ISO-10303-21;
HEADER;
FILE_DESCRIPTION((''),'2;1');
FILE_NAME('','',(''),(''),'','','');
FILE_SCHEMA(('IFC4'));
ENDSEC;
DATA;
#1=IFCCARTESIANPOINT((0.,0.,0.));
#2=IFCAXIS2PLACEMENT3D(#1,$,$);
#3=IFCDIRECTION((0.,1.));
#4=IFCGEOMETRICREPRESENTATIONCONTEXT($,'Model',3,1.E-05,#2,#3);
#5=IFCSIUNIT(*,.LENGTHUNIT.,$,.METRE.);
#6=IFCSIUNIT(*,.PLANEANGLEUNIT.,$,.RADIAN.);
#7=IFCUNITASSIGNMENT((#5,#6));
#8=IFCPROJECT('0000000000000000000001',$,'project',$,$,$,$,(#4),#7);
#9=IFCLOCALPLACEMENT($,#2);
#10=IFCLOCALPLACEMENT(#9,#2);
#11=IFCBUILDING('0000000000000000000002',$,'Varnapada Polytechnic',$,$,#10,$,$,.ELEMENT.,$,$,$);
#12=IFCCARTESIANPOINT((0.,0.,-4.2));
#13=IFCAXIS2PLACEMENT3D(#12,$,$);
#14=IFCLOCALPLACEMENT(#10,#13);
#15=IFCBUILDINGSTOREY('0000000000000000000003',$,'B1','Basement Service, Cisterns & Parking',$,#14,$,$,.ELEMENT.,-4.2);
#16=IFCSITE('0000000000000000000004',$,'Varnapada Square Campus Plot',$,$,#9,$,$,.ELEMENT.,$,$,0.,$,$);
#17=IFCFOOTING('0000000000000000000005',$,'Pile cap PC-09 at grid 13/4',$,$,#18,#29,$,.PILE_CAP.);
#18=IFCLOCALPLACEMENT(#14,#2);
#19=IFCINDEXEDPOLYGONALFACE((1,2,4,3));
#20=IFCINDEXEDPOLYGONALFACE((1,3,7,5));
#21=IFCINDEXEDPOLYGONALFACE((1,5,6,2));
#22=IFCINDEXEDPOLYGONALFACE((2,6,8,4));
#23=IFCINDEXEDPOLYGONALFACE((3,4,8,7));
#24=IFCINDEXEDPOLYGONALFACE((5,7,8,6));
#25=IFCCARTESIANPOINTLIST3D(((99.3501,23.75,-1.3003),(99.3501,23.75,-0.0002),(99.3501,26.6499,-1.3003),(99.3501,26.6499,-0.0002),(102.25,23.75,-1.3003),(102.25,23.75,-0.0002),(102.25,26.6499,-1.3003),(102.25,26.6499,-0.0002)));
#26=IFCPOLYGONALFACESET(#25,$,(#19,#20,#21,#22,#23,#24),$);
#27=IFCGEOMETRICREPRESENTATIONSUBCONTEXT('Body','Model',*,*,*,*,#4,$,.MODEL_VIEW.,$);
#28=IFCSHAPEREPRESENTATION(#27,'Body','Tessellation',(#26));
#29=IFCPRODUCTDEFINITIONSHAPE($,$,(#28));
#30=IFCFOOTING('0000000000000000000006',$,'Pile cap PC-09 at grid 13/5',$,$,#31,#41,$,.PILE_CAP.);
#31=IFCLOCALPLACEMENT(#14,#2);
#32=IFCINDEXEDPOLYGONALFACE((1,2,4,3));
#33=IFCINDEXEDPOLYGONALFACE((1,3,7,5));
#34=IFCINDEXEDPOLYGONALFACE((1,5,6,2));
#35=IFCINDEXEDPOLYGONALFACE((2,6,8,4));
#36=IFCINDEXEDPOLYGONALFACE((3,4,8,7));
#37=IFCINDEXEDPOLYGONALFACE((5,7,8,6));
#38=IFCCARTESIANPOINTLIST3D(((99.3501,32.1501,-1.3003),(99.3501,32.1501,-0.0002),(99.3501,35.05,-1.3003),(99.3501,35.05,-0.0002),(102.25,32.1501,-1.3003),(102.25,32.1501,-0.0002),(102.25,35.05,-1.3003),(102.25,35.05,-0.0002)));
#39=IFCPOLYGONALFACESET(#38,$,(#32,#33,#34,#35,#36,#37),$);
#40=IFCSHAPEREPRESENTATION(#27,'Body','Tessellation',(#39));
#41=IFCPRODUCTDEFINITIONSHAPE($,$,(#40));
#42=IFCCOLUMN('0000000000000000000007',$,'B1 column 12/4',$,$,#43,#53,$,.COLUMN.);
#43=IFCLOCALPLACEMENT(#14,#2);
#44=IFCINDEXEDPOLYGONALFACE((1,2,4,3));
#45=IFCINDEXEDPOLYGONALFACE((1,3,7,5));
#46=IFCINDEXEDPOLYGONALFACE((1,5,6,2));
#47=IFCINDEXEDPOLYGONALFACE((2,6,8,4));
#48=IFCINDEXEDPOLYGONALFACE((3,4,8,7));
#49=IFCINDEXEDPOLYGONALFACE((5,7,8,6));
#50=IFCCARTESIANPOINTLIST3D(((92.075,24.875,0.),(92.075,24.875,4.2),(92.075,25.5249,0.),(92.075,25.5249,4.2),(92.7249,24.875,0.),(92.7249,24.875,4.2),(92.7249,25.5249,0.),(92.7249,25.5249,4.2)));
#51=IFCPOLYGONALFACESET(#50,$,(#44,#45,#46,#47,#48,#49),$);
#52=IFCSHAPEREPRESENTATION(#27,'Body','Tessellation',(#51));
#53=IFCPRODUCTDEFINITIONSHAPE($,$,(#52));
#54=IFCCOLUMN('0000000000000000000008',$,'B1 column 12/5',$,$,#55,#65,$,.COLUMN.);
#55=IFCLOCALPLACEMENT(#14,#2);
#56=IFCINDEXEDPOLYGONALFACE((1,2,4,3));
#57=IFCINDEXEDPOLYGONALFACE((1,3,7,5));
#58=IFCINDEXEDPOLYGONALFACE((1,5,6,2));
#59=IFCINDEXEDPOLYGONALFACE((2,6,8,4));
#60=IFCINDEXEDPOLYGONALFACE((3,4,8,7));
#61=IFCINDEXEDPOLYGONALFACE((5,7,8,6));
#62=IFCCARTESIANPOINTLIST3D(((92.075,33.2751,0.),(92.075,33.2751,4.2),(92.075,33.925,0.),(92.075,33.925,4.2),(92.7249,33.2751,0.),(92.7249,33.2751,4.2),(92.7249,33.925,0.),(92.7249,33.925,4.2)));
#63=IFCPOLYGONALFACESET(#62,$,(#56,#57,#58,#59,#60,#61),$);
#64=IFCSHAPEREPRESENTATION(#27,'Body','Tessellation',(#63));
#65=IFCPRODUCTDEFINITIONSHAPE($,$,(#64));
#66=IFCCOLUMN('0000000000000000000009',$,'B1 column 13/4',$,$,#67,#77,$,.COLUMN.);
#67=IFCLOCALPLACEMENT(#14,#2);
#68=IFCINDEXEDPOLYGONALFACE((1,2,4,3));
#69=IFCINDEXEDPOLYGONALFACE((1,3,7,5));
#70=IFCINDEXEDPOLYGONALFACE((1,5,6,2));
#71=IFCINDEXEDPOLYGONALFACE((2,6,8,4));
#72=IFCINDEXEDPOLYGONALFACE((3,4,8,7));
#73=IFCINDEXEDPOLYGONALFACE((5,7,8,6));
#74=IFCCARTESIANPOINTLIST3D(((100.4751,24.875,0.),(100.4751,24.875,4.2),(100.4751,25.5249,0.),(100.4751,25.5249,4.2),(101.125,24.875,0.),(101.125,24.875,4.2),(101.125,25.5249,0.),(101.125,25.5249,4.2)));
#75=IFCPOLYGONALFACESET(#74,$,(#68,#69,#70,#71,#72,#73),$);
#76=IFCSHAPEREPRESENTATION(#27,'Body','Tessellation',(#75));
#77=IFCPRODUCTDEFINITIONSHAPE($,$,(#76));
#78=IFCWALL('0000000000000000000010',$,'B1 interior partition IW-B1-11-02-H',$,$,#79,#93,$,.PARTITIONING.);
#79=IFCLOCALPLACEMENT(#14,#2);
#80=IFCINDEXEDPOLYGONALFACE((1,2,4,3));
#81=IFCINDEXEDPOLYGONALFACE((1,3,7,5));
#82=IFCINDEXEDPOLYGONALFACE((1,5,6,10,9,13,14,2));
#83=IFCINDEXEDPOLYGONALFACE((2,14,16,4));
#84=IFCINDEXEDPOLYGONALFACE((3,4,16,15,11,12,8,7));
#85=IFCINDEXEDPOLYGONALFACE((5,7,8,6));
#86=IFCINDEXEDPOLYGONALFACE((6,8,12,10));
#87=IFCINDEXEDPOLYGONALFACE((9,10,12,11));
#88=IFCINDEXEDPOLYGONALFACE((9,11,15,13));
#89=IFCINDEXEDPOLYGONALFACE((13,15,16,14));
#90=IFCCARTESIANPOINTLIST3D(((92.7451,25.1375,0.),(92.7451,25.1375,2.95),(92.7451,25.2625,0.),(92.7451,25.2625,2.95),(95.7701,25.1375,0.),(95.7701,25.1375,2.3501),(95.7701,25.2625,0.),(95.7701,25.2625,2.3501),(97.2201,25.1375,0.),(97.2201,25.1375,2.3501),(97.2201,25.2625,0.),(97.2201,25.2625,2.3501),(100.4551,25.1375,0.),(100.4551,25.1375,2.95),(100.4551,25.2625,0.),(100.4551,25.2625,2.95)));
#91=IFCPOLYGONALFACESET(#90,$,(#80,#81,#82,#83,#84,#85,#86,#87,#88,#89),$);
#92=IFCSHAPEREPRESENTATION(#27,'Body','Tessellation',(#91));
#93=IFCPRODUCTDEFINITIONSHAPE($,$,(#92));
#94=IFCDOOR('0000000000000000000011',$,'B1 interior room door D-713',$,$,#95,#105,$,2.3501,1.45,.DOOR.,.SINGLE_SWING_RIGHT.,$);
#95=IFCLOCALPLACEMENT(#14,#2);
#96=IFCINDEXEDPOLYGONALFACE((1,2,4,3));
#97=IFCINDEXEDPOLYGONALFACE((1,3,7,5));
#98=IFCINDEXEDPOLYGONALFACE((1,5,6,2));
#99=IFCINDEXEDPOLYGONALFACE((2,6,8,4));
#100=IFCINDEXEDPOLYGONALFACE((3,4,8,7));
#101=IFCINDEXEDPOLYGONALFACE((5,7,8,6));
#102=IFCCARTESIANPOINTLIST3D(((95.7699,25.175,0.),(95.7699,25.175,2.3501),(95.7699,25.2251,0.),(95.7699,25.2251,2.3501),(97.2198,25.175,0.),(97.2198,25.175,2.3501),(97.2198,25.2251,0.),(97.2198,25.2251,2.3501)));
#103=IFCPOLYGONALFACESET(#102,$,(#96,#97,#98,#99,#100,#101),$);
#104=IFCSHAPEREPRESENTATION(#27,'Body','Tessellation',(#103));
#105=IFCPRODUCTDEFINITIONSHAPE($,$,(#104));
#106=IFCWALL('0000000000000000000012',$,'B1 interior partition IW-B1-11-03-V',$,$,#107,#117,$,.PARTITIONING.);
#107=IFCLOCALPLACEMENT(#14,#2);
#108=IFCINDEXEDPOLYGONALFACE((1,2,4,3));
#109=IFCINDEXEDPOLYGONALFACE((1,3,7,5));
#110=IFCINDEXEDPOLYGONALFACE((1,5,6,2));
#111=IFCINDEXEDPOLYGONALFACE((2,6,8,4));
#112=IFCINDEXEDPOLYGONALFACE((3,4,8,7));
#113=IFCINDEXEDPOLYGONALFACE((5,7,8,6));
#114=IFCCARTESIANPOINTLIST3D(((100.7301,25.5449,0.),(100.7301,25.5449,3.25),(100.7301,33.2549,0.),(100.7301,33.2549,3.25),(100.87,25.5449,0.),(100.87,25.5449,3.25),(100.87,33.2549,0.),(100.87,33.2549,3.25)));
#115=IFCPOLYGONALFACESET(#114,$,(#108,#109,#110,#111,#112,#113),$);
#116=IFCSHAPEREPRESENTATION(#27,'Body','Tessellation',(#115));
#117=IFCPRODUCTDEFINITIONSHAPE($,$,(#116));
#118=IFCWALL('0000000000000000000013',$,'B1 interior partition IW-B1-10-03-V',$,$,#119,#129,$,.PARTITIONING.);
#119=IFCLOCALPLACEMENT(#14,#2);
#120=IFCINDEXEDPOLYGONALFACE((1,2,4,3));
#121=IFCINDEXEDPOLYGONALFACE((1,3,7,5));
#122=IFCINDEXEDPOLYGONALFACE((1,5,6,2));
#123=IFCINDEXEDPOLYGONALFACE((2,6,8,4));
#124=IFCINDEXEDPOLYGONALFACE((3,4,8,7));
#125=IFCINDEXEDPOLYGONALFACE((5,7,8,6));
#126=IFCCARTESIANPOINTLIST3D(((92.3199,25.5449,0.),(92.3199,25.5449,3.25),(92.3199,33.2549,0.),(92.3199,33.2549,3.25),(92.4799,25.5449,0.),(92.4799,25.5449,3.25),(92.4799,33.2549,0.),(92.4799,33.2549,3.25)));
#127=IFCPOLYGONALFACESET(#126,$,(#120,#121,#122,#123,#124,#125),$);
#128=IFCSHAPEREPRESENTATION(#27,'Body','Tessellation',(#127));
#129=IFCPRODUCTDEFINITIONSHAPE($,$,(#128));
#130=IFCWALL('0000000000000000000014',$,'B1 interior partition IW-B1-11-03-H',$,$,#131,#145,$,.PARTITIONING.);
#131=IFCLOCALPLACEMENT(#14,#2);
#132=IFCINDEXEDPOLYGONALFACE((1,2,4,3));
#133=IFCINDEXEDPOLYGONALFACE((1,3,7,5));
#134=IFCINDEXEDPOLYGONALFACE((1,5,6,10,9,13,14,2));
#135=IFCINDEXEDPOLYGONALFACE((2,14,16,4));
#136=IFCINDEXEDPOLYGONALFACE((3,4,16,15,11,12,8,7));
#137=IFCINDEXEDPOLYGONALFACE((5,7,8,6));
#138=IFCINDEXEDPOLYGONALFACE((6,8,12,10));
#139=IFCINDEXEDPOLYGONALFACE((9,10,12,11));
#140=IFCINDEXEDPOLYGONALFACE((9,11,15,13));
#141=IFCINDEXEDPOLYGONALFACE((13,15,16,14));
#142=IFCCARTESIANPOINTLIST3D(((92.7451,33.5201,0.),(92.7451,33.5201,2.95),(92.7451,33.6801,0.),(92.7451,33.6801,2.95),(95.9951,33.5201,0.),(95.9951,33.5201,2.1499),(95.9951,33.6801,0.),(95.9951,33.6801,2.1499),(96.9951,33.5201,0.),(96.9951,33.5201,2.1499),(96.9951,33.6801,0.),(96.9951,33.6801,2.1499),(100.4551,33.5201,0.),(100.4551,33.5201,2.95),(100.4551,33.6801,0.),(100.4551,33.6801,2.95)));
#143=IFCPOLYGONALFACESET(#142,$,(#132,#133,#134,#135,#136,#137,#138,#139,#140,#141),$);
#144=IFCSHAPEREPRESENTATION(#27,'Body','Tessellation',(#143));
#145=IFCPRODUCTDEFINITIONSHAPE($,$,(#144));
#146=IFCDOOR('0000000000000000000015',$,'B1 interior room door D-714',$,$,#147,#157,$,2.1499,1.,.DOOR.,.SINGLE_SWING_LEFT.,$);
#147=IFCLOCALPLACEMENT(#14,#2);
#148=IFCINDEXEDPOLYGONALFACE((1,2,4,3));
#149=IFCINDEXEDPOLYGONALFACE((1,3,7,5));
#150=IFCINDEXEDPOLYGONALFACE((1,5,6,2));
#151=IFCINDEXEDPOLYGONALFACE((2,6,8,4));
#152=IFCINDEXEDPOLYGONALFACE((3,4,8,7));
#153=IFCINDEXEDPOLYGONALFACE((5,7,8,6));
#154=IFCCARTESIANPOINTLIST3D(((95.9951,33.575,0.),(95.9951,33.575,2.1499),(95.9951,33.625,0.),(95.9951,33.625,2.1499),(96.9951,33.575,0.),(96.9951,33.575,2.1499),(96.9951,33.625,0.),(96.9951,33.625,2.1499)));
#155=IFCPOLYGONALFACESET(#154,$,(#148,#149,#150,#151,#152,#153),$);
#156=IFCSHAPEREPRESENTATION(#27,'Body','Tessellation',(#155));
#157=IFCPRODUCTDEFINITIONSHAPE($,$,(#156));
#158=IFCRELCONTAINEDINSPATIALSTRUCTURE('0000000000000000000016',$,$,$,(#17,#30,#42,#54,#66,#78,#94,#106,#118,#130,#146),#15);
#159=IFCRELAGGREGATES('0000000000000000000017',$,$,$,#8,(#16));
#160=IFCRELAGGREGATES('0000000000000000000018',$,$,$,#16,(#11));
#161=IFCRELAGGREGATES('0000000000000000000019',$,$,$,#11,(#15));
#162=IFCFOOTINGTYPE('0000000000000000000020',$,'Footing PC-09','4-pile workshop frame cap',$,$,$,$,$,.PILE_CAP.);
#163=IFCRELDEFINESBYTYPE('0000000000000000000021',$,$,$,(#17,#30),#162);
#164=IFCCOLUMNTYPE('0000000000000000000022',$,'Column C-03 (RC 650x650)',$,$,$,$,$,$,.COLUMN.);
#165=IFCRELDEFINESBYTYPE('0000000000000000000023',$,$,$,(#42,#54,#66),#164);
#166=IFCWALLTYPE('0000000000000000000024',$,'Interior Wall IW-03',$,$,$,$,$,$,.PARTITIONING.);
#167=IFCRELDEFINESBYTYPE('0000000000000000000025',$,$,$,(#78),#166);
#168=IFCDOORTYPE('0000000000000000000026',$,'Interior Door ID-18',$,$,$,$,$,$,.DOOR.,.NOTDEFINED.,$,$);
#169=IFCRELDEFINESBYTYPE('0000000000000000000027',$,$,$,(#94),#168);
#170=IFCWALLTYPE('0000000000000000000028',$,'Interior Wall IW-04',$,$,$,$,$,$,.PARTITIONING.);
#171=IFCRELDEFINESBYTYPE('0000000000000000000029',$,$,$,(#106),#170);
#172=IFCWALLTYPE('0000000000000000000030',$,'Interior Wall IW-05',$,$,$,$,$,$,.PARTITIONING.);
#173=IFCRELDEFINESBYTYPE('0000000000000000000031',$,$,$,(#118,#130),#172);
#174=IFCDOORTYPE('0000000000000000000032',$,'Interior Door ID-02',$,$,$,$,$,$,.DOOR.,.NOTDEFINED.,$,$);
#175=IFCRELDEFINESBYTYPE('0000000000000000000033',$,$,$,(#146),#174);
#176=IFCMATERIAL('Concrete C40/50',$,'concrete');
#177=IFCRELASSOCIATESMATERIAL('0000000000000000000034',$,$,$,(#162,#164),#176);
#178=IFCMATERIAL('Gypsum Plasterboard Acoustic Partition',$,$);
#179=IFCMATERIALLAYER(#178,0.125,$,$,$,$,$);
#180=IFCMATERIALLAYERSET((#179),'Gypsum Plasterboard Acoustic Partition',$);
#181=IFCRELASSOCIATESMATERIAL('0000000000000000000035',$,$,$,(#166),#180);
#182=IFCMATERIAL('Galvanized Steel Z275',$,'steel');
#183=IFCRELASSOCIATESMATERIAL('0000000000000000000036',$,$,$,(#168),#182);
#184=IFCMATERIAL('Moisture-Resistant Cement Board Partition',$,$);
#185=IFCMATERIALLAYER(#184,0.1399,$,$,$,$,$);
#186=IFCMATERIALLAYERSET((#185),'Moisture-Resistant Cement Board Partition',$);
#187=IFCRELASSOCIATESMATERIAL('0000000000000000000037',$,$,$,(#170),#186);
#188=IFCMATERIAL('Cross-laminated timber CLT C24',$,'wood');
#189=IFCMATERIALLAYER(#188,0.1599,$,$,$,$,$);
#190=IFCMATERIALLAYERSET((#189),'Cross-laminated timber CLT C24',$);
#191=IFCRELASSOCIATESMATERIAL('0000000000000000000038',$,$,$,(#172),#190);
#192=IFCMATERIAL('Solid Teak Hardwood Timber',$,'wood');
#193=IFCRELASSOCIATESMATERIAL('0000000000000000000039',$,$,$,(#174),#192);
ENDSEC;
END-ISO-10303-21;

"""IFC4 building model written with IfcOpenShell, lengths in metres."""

from ifc_helpers import new_model, si_unit, direction, frame, frame_2d, origin, origin_2d, place, context, subcontext, project, spatial, rectangle, extrude, material, layer, layer_set, material_profile, profile_set, type_object, element, fill, save


model = new_model("IFC4")

# Units and contexts
model_context = context("Model", 3, precision=1e-05, world=origin(), true_north=direction((0.0, 1.0)))
body_context = subcontext(model_context, "Body", "Model", "MODEL_VIEW")
ifc_project = project(units=[si_unit("LENGTHUNIT", "METRE"), si_unit("PLANEANGLEUNIT", "RADIAN")], contexts=[model_context])

# Site, building, storey
site_placement = place(None, origin())
site = spatial("IfcSite", under=ifc_project, at=site_placement, Name="Varnapada Square Campus Plot", CompositionType="ELEMENT", RefElevation=0.0)
building_placement = place(site_placement, origin())
building = spatial("IfcBuilding", under=site, at=building_placement, Name="Varnapada Polytechnic", CompositionType="ELEMENT")
storey_placement = place(building_placement, frame((0.0, 0.0, -4.2)))
storey = spatial("IfcBuildingStorey", under=building, at=storey_placement, Name="B1", Description="Basement Service, Cisterns & Parking", CompositionType="ELEMENT", Elevation=-4.2)

# Shared definitions
ifc_material_1 = material(Name="Concrete C40/50", Category="concrete")

# Footings
footing_type_1 = type_object("IfcFootingType", Name="Footing PC-09", Description="4-pile workshop frame cap", PredefinedType="PILE_CAP", material=ifc_material_1)
for number, where, z_axis, x_axis, name in (
    (1, (100.8, 25.2, -1.3003), (0.0, 0.0, 1.0), (1.0, 0.0, 0.0), "Pile cap PC-09 at grid 13/4"),
    (2, (100.8, 33.6001, -1.3003), (0.0, 0.0, 1.0), (1.0, 0.0, 0.0), "Pile cap PC-09 at grid 13/5"),
):
    element("IfcFooting", number, at=place(storey_placement, frame(where, z_axis=z_axis, x_axis=x_axis)), inside=storey, type_object=footing_type_1, Name=name, PredefinedType="PILE_CAP", context=body_context, shape_type="SweptSolid", body=[
        extrude(rectangle(XDim=2.8999, YDim=2.8999, at=origin_2d()), origin(), (0.0, 0.0, 1.0), 1.3),
    ])

# Columns
ifc_material_profile_1 = material_profile(ifc_material_1, rectangle(XDim=0.6499, YDim=0.6499, at=origin_2d()), Name="RC 650x650")
ifc_profile_set_1 = profile_set([ifc_material_profile_1], Name="Concrete C40/50")
column_type = type_object("IfcColumnType", Name="Column C-03 (RC 650x650)", PredefinedType="COLUMN", material=ifc_profile_set_1)
for number, where, z_axis, x_axis, name in (
    (3, (92.3999, 25.2, 0.0), (0.0, 0.0, 1.0), (1.0, 0.0, 0.0), "B1 column 12/4"),
    (4, (92.3999, 33.6001, 0.0), (0.0, 0.0, 1.0), (1.0, 0.0, 0.0), "B1 column 12/5"),
    (5, (100.8, 25.2, 0.0), (0.0, 0.0, 1.0), (1.0, 0.0, 0.0), "B1 column 13/4"),
):
    element("IfcColumn", number, at=place(storey_placement, frame(where, z_axis=z_axis, x_axis=x_axis)), inside=storey, type_object=column_type, Name=name, PredefinedType="COLUMN", context=body_context, shape_type="SweptSolid", body=[
        extrude(rectangle(XDim=0.6499, YDim=0.6499, at=origin_2d()), origin(), (0.0, 0.0, 1.0), 4.2),
    ])

# Wall, opening, door
ifc_material_2 = material(Name="Gypsum Plasterboard Acoustic Partition")
ifc_layer_1 = layer(ifc_material_2, 0.125)
ifc_layer_set_1 = layer_set([ifc_layer_1], Name="Gypsum Plasterboard Acoustic Partition")
wall_type_1 = type_object("IfcWallType", Name="Interior Wall IW-03", PredefinedType="PARTITIONING", material=ifc_layer_set_1)
wall_1_placement = place(storey_placement, frame((92.7451, 25.2, 0.0), z_axis=(0.0, 0.0, 1.0), x_axis=(1.0, 0.0, 0.0)))
wall_1 = element("IfcWall", 6, at=wall_1_placement, inside=storey, type_object=wall_type_1, Name="B1 interior partition IW-B1-11-02-H", PredefinedType="PARTITIONING", context=body_context, shape_type="SweptSolid", body=[
    extrude(rectangle(XDim=7.71, YDim=0.125, at=frame_2d((3.855, 0.0))), origin(), (0.0, 0.0, 1.0), 2.95),
])
opening_1_placement = place(wall_1_placement, frame((3.0249, 0.0, 0.0)))
opening_1 = element("IfcOpeningElement", 7, at=opening_1_placement, cuts=wall_1, PredefinedType="OPENING", context=body_context, shape_type="SweptSolid", body=[
    extrude(rectangle(XDim=1.45, YDim=2.3501, at=frame_2d((0.7251, 1.175))), frame((0.0, 0.0725, 0.0), z_axis=(0.0, -1.0, 0.0), x_axis=(1.0, 0.0, 0.0)), (0.0, 0.0, 1.0), 0.145),
])
ifc_material_3 = material(Name="Galvanized Steel Z275", Category="steel")
door_type_1 = type_object("IfcDoorType", Name="Interior Door ID-18", OperationType="NOTDEFINED", PredefinedType="DOOR", material=ifc_material_3)
door_1_placement = place(opening_1_placement, frame((1.45, 0.0, 0.0), z_axis=(0.0, 0.0, 1.0), x_axis=(-1.0, 0.0, 0.0)))
door_1 = element("IfcDoor", 8, at=door_1_placement, inside=storey, type_object=door_type_1, Name="B1 interior room door D-713", OperationType="SINGLE_SWING_RIGHT", OverallHeight=2.3501, OverallWidth=1.45, PredefinedType="DOOR", context=body_context, shape_type="SweptSolid", body=[
    extrude(rectangle(XDim=1.45, YDim=2.3501, at=frame_2d((0.7251, 1.175))), frame((0.0, 0.0249, 0.0), z_axis=(0.0, -1.0, 0.0), x_axis=(1.0, 0.0, 0.0)), (0.0, 0.0, 1.0), 0.05),
])
fill(opening_1, door_1)

# Walls
ifc_material_4 = material(Name="Moisture-Resistant Cement Board Partition")
ifc_layer_2 = layer(ifc_material_4, 0.1399)
ifc_layer_set_2 = layer_set([ifc_layer_2], Name="Moisture-Resistant Cement Board Partition")
wall_type_2 = type_object("IfcWallType", Name="Interior Wall IW-04", PredefinedType="PARTITIONING", material=ifc_layer_set_2)
wall_2_placement = place(storey_placement, frame((100.8, 25.5449, 0.0), z_axis=(0.0, 0.0, 1.0), x_axis=(0.0, 1.0, 0.0)))
element("IfcWall", 9, at=wall_2_placement, inside=storey, type_object=wall_type_2, Name="B1 interior partition IW-B1-11-03-V", PredefinedType="PARTITIONING", context=body_context, shape_type="SweptSolid", body=[
    extrude(rectangle(XDim=7.71, YDim=0.1399, at=frame_2d((3.855, 0.0))), origin(), (0.0, 0.0, 1.0), 3.25),
])
ifc_material_5 = material(Name="Cross-laminated timber CLT C24", Category="wood")
ifc_layer_3 = layer(ifc_material_5, 0.1599)
ifc_layer_set_3 = layer_set([ifc_layer_3], Name="Cross-laminated timber CLT C24")
wall_type_3 = type_object("IfcWallType", Name="Interior Wall IW-05", PredefinedType="PARTITIONING", material=ifc_layer_set_3)
wall_3_placement = place(storey_placement, frame((92.3999, 25.5449, 0.0), z_axis=(0.0, 0.0, 1.0), x_axis=(0.0, 1.0, 0.0)))
element("IfcWall", 10, at=wall_3_placement, inside=storey, type_object=wall_type_3, Name="B1 interior partition IW-B1-10-03-V", PredefinedType="PARTITIONING", context=body_context, shape_type="SweptSolid", body=[
    extrude(rectangle(XDim=7.71, YDim=0.1599, at=frame_2d((3.855, 0.0))), origin(), (0.0, 0.0, 1.0), 3.25),
])

# Wall, opening, door
wall_4_placement = place(storey_placement, frame((92.7451, 33.6001, 0.0), z_axis=(0.0, 0.0, 1.0), x_axis=(1.0, 0.0, 0.0)))
wall_4 = element("IfcWall", 11, at=wall_4_placement, inside=storey, type_object=wall_type_3, Name="B1 interior partition IW-B1-11-03-H", PredefinedType="PARTITIONING", context=body_context, shape_type="SweptSolid", body=[
    extrude(rectangle(XDim=7.71, YDim=0.1599, at=frame_2d((3.855, 0.0))), origin(), (0.0, 0.0, 1.0), 2.95),
])
opening_2_placement = place(wall_4_placement, frame((3.25, 0.0, 0.0)))
opening_2 = element("IfcOpeningElement", 12, at=opening_2_placement, cuts=wall_4, PredefinedType="OPENING", context=body_context, shape_type="SweptSolid", body=[
    extrude(rectangle(XDim=1.0, YDim=2.1499, at=frame_2d((0.5, 1.075))), frame((0.0, 0.0898, 0.0), z_axis=(0.0, -1.0, 0.0), x_axis=(1.0, 0.0, 0.0)), (0.0, 0.0, 1.0), 0.1799),
])
ifc_material_6 = material(Name="Solid Teak Hardwood Timber", Category="wood")
door_type_2 = type_object("IfcDoorType", Name="Interior Door ID-02", OperationType="NOTDEFINED", PredefinedType="DOOR", material=ifc_material_6)
door_2_placement = place(opening_2_placement, origin())
door_2 = element("IfcDoor", 13, at=door_2_placement, inside=storey, type_object=door_type_2, Name="B1 interior room door D-714", OperationType="SINGLE_SWING_LEFT", OverallHeight=2.1499, OverallWidth=1.0, PredefinedType="DOOR", context=body_context, shape_type="SweptSolid", body=[
    extrude(rectangle(XDim=1.0, YDim=2.1499, at=frame_2d((0.5, 1.075))), frame((0.0, 0.0249, 0.0), z_axis=(0.0, -1.0, 0.0), x_axis=(1.0, 0.0, 0.0)), (0.0, 0.0, 1.0), 0.05),
])
fill(opening_2, door_2)

save(model, "model.ifc")
